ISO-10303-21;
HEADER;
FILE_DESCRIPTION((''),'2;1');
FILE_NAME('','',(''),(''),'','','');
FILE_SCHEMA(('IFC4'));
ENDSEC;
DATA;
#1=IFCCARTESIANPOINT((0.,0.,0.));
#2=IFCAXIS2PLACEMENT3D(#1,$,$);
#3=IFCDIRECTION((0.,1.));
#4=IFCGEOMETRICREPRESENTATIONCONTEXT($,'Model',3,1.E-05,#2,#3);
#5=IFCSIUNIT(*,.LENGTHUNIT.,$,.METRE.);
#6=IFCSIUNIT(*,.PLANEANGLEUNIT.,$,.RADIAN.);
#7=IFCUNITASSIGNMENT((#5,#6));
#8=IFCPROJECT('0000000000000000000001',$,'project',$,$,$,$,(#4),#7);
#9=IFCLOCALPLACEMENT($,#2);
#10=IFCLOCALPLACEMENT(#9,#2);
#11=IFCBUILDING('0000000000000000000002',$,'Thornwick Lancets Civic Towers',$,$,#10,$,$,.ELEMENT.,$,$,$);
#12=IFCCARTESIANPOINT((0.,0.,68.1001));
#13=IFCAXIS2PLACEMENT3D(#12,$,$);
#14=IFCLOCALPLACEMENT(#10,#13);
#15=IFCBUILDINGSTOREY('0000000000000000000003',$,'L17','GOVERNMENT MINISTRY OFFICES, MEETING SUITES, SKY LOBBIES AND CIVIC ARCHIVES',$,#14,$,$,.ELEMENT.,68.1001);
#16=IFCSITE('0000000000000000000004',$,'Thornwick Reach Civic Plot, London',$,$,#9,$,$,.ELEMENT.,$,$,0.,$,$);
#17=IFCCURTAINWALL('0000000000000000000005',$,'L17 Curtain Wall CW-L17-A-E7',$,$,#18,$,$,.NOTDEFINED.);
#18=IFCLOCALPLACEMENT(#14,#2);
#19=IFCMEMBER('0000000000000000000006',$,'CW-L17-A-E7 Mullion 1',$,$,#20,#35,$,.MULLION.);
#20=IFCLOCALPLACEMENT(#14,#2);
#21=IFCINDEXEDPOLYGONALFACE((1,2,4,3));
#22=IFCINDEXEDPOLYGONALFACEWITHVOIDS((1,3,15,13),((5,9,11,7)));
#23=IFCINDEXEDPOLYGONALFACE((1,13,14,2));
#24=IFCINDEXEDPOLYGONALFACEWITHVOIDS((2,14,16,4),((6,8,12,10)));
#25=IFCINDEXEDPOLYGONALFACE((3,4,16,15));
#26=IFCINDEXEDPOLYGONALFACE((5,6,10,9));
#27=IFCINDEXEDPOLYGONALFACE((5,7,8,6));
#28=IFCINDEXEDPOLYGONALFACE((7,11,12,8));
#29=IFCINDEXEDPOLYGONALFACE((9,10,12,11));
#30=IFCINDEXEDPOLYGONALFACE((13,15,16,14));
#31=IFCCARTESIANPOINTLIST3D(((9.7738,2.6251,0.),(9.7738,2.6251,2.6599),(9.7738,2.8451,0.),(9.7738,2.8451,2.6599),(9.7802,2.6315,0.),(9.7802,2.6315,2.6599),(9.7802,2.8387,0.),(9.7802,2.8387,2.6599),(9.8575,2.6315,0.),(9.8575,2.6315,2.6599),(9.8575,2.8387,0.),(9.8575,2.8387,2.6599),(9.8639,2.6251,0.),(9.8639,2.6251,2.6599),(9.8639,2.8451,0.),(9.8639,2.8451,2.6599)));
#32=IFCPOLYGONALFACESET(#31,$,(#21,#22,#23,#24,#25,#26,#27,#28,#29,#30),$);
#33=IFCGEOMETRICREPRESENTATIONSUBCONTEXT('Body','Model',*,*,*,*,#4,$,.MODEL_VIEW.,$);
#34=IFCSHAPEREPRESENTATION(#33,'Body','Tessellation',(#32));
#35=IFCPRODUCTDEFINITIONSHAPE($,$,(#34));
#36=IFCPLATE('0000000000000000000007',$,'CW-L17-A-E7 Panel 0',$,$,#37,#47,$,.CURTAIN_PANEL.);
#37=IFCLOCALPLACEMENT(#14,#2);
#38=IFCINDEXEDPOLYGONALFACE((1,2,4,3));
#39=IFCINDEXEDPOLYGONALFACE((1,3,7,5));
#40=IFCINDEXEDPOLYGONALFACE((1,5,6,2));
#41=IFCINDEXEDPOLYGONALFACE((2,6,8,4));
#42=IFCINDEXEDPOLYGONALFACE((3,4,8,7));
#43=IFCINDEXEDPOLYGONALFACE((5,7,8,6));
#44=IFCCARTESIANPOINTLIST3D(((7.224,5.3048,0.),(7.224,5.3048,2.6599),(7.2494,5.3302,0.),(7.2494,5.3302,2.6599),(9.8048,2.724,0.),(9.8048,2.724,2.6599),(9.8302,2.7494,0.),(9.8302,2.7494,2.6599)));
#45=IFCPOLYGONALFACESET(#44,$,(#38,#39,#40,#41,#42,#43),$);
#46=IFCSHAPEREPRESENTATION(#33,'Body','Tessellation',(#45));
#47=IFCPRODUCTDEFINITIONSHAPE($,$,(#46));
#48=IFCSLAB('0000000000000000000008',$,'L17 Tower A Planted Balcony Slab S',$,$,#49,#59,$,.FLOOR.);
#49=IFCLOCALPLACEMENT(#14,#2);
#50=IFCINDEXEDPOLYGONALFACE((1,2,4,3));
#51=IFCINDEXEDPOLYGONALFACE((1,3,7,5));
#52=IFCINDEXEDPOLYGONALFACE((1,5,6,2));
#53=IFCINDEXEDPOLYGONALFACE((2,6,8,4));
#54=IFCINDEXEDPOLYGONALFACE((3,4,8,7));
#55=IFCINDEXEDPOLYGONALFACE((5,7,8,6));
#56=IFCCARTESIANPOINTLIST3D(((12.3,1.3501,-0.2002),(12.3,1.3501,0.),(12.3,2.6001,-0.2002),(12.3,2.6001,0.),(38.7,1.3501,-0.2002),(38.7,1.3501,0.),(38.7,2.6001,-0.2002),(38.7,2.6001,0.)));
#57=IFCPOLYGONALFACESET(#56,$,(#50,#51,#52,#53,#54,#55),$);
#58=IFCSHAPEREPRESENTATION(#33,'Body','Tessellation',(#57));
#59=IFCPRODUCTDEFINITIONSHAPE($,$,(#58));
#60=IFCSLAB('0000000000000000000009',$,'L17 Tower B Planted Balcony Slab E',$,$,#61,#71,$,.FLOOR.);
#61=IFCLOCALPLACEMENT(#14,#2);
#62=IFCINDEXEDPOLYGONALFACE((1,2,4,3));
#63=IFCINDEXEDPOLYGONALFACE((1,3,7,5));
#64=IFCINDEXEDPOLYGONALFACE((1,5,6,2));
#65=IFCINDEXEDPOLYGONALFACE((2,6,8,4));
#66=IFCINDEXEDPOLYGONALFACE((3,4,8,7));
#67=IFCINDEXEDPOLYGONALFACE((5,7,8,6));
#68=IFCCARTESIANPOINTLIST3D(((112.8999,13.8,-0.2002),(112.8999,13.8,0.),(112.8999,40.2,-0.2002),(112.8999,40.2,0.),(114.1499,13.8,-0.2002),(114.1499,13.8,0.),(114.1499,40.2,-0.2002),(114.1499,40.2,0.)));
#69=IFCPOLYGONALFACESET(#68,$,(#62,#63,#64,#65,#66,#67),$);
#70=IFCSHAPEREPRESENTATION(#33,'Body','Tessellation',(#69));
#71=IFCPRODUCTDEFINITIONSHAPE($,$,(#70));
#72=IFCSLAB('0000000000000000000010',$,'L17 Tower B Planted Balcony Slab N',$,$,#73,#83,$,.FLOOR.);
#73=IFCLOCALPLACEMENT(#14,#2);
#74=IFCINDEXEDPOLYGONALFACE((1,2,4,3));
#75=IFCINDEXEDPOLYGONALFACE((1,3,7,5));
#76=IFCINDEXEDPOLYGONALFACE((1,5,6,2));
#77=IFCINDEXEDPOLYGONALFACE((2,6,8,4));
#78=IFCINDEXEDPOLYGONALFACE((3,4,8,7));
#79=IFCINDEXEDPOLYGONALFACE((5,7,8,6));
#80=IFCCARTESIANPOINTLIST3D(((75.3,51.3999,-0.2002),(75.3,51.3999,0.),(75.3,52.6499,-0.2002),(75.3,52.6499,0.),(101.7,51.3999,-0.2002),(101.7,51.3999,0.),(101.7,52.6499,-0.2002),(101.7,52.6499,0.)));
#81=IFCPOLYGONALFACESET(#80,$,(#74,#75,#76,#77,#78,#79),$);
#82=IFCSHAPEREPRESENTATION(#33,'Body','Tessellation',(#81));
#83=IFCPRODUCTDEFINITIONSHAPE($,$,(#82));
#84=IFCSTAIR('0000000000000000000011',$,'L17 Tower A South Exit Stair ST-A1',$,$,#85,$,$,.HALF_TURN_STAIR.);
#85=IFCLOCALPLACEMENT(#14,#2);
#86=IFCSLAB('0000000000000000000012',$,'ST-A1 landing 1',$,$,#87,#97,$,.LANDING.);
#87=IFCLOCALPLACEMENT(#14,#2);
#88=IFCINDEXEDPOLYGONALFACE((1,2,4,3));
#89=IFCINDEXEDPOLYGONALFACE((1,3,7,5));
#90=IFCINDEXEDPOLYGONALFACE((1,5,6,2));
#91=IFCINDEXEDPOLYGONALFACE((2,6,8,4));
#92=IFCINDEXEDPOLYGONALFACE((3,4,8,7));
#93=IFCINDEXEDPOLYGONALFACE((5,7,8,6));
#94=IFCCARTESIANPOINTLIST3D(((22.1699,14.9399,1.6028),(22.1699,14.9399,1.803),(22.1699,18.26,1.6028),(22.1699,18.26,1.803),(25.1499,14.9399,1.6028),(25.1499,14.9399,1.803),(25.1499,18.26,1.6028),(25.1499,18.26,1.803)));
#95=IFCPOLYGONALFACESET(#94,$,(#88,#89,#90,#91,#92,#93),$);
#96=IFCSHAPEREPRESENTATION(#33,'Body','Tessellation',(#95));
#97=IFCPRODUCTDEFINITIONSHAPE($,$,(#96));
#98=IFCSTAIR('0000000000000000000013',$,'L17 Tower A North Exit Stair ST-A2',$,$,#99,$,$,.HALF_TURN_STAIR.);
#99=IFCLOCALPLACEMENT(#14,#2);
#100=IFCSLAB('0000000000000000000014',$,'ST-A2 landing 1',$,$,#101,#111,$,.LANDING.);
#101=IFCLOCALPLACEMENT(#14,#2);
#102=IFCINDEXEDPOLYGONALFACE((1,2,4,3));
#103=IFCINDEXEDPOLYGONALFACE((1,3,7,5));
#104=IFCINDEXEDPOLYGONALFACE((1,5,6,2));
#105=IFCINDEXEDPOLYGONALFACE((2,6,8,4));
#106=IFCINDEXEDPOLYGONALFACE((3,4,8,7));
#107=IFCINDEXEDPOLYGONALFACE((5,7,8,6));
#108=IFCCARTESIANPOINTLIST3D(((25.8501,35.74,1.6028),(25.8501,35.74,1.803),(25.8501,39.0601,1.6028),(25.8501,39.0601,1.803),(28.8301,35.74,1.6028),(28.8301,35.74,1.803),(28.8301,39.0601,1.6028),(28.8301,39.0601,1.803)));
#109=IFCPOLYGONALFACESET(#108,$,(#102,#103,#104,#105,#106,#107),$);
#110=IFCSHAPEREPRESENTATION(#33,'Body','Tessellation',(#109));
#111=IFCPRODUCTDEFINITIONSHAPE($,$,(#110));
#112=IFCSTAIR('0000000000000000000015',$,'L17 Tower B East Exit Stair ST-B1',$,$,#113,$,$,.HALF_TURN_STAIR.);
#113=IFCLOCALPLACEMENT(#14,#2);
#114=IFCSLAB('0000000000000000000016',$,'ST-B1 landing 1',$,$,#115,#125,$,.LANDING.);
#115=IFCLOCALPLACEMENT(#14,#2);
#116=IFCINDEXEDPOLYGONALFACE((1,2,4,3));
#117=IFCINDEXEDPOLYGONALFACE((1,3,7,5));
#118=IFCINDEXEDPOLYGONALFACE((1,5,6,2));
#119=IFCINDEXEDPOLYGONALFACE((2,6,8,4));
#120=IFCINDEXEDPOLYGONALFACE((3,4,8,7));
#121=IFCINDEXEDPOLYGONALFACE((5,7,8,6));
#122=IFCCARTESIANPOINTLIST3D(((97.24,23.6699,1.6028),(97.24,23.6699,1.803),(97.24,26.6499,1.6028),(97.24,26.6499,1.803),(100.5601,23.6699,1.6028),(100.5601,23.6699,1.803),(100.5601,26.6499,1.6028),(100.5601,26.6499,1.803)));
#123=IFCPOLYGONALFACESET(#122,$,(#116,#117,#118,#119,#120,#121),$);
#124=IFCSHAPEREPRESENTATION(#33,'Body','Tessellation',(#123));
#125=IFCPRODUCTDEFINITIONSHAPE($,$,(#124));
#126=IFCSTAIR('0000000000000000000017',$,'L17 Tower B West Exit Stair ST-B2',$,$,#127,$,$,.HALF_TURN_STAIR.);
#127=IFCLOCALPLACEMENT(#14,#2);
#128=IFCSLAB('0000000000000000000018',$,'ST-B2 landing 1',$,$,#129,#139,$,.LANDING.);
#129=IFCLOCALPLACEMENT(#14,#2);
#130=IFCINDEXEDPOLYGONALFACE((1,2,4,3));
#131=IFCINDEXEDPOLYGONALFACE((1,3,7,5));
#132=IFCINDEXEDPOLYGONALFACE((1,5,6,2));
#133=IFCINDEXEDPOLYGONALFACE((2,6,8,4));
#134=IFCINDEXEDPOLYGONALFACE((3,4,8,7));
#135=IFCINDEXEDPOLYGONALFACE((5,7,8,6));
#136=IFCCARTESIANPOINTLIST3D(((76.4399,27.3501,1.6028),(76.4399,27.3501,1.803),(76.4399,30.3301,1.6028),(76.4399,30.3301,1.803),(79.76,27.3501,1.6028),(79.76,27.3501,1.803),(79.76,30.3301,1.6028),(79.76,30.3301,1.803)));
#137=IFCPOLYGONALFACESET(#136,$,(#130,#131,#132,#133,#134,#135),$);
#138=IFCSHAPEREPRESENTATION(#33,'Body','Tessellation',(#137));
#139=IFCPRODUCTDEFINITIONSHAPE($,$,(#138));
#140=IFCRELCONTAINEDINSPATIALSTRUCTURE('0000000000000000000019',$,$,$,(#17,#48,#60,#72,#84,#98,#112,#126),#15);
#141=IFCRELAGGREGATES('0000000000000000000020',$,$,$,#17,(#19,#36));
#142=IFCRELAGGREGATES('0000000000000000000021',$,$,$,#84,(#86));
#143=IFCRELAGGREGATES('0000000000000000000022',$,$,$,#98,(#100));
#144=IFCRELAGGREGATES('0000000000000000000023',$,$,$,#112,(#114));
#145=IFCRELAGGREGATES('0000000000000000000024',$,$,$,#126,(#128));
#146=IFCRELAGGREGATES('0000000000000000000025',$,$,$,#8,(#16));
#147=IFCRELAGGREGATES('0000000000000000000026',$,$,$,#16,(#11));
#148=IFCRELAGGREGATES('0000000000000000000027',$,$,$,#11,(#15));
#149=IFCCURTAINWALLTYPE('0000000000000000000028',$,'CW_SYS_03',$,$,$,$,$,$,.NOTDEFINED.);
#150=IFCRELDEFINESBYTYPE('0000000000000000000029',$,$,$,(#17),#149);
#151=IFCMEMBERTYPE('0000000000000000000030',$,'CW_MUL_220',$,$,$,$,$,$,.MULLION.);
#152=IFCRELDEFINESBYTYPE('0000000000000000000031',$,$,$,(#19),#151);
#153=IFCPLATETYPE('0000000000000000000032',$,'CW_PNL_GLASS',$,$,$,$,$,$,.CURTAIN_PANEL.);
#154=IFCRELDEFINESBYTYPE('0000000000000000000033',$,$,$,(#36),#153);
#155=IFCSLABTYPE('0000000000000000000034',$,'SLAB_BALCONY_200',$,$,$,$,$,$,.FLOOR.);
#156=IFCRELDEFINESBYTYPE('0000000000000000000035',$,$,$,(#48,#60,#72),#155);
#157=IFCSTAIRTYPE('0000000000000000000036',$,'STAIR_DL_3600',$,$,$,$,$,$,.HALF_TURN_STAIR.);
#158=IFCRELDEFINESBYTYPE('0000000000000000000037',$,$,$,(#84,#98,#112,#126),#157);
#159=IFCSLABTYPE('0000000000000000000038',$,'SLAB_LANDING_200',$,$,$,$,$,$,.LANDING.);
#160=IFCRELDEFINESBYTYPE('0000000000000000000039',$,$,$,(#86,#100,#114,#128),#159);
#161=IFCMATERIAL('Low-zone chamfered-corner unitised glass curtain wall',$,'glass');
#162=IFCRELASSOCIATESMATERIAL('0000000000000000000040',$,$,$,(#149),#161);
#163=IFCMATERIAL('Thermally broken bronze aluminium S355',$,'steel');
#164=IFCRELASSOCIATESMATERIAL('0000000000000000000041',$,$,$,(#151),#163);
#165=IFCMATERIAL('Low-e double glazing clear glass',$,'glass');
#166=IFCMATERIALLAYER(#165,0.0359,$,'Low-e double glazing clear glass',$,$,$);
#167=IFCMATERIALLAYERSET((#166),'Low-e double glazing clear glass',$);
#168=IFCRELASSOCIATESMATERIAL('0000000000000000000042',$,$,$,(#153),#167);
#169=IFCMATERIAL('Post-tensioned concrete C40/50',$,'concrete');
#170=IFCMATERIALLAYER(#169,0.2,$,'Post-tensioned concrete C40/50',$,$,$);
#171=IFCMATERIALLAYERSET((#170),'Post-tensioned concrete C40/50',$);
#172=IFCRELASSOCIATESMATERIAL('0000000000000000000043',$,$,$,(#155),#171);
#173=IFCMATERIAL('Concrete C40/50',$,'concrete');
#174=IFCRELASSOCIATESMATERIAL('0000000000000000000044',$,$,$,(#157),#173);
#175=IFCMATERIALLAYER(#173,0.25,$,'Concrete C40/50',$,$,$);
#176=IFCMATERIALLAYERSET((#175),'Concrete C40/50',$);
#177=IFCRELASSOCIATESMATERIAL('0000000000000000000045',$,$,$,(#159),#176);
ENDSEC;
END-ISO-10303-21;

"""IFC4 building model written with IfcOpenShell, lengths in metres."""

from ifc_helpers import new_model, si_unit, direction, frame, origin, origin_2d, place, context, subcontext, project, spatial, polyline, rectangle, hollow_rectangle, outline, extrude, material, layer, layer_set, material_profile, profile_set, type_object, element, aggregate, save


model = new_model("IFC4")

# Units and contexts
model_context = context("Model", 3, precision=1e-05, world=origin(), true_north=direction((0.0, 1.0)))
body_context = subcontext(model_context, "Body", "Model", "MODEL_VIEW")
ifc_project = project(units=[si_unit("LENGTHUNIT", "METRE"), si_unit("PLANEANGLEUNIT", "RADIAN")], contexts=[model_context])

# Site, building, storey
site_placement = place(None, origin())
site = spatial("IfcSite", under=ifc_project, at=site_placement, Name="Thornwick Reach Civic Plot, London", CompositionType="ELEMENT", RefElevation=0.0)
building_placement = place(site_placement, origin())
building = spatial("IfcBuilding", under=site, at=building_placement, Name="Thornwick Lancets Civic Towers", CompositionType="ELEMENT")
storey_placement = place(building_placement, frame((0.0, 0.0, 68.1001)))
storey = spatial("IfcBuildingStorey", under=building, at=storey_placement, Name="L17", Description="GOVERNMENT MINISTRY OFFICES, MEETING SUITES, SKY LOBBIES AND CIVIC ARCHIVES", CompositionType="ELEMENT", Elevation=68.1001)

# Curtain wall, member, plate
ifc_material_1 = material(Name="Low-zone chamfered-corner unitised glass curtain wall", Category="glass")
curtain_wall_type = type_object("IfcCurtainWallType", Name="CW_SYS_03", PredefinedType="NOTDEFINED", material=ifc_material_1)
curtain_wall_placement = place(storey_placement, origin())
curtain_wall = element("IfcCurtainWall", 1, at=curtain_wall_placement, inside=storey, type_object=curtain_wall_type, Name="L17 Curtain Wall CW-L17-A-E7", PredefinedType="NOTDEFINED")
ifc_material_2 = material(Name="Thermally broken bronze aluminium S355", Category="steel")
ifc_material_profile = material_profile(ifc_material_2, hollow_rectangle(XDim=0.0901, YDim=0.22, WallThickness=0.0063, at=origin_2d()), Name="RHS 220x90x6.3")
ifc_profile_set = profile_set([ifc_material_profile], Name="Thermally broken bronze aluminium S355")
member_type = type_object("IfcMemberType", Name="CW_MUL_220", PredefinedType="MULLION", material=ifc_profile_set)
member_placement = place(storey_placement, frame((9.8188, 2.7351, 0.0), z_axis=(0.0, 0.0, 1.0), x_axis=(1.0, 0.0, 0.0)))
member = element("IfcMember", 2, at=member_placement, type_object=member_type, Name="CW-L17-A-E7 Mullion 1", PredefinedType="MULLION", context=body_context, shape_type="SweptSolid", body=[
    extrude(hollow_rectangle(XDim=0.0901, YDim=0.22, WallThickness=0.0063, at=origin_2d()), origin(), (0.0, 0.0, 1.0), 2.6599),
])
ifc_material_3 = material(Name="Low-e double glazing clear glass", Category="glass")
ifc_layer_1 = layer(ifc_material_3, 0.0359, Name="Low-e double glazing clear glass")
ifc_layer_set_1 = layer_set([ifc_layer_1], Name="Low-e double glazing clear glass")
plate_type = type_object("IfcPlateType", Name="CW_PNL_GLASS", PredefinedType="CURTAIN_PANEL", material=ifc_layer_set_1)
plate_placement = place(storey_placement, frame((8.5271, 4.0271, 0.0), z_axis=(0.0, 0.0, 1.0), x_axis=(0.707107, -0.707107, 0.0)))
plate = element("IfcPlate", 3, at=plate_placement, type_object=plate_type, Name="CW-L17-A-E7 Panel 0", PredefinedType="CURTAIN_PANEL", context=body_context, shape_type="SweptSolid", body=[
    extrude(rectangle(XDim=3.6499, YDim=0.0359, at=origin_2d()), origin(), (0.0, 0.0, 1.0), 2.6599),
])
aggregate(curtain_wall, [member, plate])

# Slabs
ifc_material_4 = material(Name="Post-tensioned concrete C40/50", Category="concrete")
ifc_layer_2 = layer(ifc_material_4, 0.2, Name="Post-tensioned concrete C40/50")
ifc_layer_set_2 = layer_set([ifc_layer_2], Name="Post-tensioned concrete C40/50")
slab_type_1 = type_object("IfcSlabType", Name="SLAB_BALCONY_200", PredefinedType="FLOOR", material=ifc_layer_set_2)
slab_1_placement = place(storey_placement, frame((0.0, 0.0, -0.2002)))
element("IfcSlab", 4, at=slab_1_placement, inside=storey, type_object=slab_type_1, Name="L17 Tower A Planted Balcony Slab S", PredefinedType="FLOOR", context=body_context, shape_type="SweptSolid", body=[
    extrude(outline(polyline([(12.3, 1.3501), (38.7, 1.3501), (38.7, 2.6001), (12.3, 2.6001), (12.3, 1.3501)])), origin(), (0.0, 0.0, 1.0), 0.2002),
])
slab_2_placement = place(storey_placement, frame((0.0, 0.0, -0.2002)))
element("IfcSlab", 5, at=slab_2_placement, inside=storey, type_object=slab_type_1, Name="L17 Tower B Planted Balcony Slab E", PredefinedType="FLOOR", context=body_context, shape_type="SweptSolid", body=[
    extrude(outline(polyline([(112.8999, 13.8), (114.1499, 13.8), (114.1499, 40.2), (112.8999, 40.2), (112.8999, 13.8)])), origin(), (0.0, 0.0, 1.0), 0.2002),
])
slab_3_placement = place(storey_placement, frame((0.0, 0.0, -0.2002)))
element("IfcSlab", 6, at=slab_3_placement, inside=storey, type_object=slab_type_1, Name="L17 Tower B Planted Balcony Slab N", PredefinedType="FLOOR", context=body_context, shape_type="SweptSolid", body=[
    extrude(outline(polyline([(75.3, 51.3999), (101.7, 51.3999), (101.7, 52.6499), (75.3, 52.6499), (75.3, 51.3999)])), origin(), (0.0, 0.0, 1.0), 0.2002),
])

# Stairs, slabs
ifc_material_5 = material(Name="Concrete C40/50", Category="concrete")
stair_type = type_object("IfcStairType", Name="STAIR_DL_3600", PredefinedType="HALF_TURN_STAIR", material=ifc_material_5)
stair_1_placement = place(storey_placement, origin())
stair_1 = element("IfcStair", 7, at=stair_1_placement, inside=storey, type_object=stair_type, Name="L17 Tower A South Exit Stair ST-A1", PredefinedType="HALF_TURN_STAIR")
ifc_layer_3 = layer(ifc_material_5, 0.25, Name="Concrete C40/50")
ifc_layer_set_3 = layer_set([ifc_layer_3], Name="Concrete C40/50")
slab_type_2 = type_object("IfcSlabType", Name="SLAB_LANDING_200", PredefinedType="LANDING", material=ifc_layer_set_3)
slab_4_placement = place(storey_placement, frame((0.0, 0.0, 1.6028)))
slab_4 = element("IfcSlab", 8, at=slab_4_placement, type_object=slab_type_2, Name="ST-A1 landing 1", PredefinedType="LANDING", context=body_context, shape_type="SweptSolid", body=[
    extrude(outline(polyline([(22.1699, 14.9399), (25.1499, 14.9399), (25.1499, 18.26), (22.1699, 18.26), (22.1699, 14.9399)])), origin(), (0.0, 0.0, 1.0), 0.2002),
])
aggregate(stair_1, [slab_4])
stair_2_placement = place(storey_placement, origin())
stair_2 = element("IfcStair", 9, at=stair_2_placement, inside=storey, type_object=stair_type, Name="L17 Tower A North Exit Stair ST-A2", PredefinedType="HALF_TURN_STAIR")
slab_5_placement = place(storey_placement, frame((0.0, 0.0, 1.6028)))
slab_5 = element("IfcSlab", 10, at=slab_5_placement, type_object=slab_type_2, Name="ST-A2 landing 1", PredefinedType="LANDING", context=body_context, shape_type="SweptSolid", body=[
    extrude(outline(polyline([(28.8301, 39.0601), (25.8501, 39.0601), (25.8501, 35.74), (28.8301, 35.74), (28.8301, 39.0601)])), origin(), (0.0, 0.0, 1.0), 0.2002),
])
aggregate(stair_2, [slab_5])
stair_3_placement = place(storey_placement, origin())
stair_3 = element("IfcStair", 11, at=stair_3_placement, inside=storey, type_object=stair_type, Name="L17 Tower B East Exit Stair ST-B1", PredefinedType="HALF_TURN_STAIR")
slab_6_placement = place(storey_placement, frame((0.0, 0.0, 1.6028)))
slab_6 = element("IfcSlab", 12, at=slab_6_placement, type_object=slab_type_2, Name="ST-B1 landing 1", PredefinedType="LANDING", context=body_context, shape_type="SweptSolid", body=[
    extrude(outline(polyline([(100.5601, 23.6699), (100.5601, 26.6499), (97.24, 26.6499), (97.24, 23.6699), (100.5601, 23.6699)])), origin(), (0.0, 0.0, 1.0), 0.2002),
])
aggregate(stair_3, [slab_6])
stair_4_placement = place(storey_placement, origin())
stair_4 = element("IfcStair", 13, at=stair_4_placement, inside=storey, type_object=stair_type, Name="L17 Tower B West Exit Stair ST-B2", PredefinedType="HALF_TURN_STAIR")
slab_7_placement = place(storey_placement, frame((0.0, 0.0, 1.6028)))
slab_7 = element("IfcSlab", 14, at=slab_7_placement, type_object=slab_type_2, Name="ST-B2 landing 1", PredefinedType="LANDING", context=body_context, shape_type="SweptSolid", body=[
    extrude(outline(polyline([(76.4399, 30.3301), (76.4399, 27.3501), (79.76, 27.3501), (79.76, 30.3301), (76.4399, 30.3301)])), origin(), (0.0, 0.0, 1.0), 0.2002),
])
aggregate(stair_4, [slab_7])

save(model, "model.ifc")
